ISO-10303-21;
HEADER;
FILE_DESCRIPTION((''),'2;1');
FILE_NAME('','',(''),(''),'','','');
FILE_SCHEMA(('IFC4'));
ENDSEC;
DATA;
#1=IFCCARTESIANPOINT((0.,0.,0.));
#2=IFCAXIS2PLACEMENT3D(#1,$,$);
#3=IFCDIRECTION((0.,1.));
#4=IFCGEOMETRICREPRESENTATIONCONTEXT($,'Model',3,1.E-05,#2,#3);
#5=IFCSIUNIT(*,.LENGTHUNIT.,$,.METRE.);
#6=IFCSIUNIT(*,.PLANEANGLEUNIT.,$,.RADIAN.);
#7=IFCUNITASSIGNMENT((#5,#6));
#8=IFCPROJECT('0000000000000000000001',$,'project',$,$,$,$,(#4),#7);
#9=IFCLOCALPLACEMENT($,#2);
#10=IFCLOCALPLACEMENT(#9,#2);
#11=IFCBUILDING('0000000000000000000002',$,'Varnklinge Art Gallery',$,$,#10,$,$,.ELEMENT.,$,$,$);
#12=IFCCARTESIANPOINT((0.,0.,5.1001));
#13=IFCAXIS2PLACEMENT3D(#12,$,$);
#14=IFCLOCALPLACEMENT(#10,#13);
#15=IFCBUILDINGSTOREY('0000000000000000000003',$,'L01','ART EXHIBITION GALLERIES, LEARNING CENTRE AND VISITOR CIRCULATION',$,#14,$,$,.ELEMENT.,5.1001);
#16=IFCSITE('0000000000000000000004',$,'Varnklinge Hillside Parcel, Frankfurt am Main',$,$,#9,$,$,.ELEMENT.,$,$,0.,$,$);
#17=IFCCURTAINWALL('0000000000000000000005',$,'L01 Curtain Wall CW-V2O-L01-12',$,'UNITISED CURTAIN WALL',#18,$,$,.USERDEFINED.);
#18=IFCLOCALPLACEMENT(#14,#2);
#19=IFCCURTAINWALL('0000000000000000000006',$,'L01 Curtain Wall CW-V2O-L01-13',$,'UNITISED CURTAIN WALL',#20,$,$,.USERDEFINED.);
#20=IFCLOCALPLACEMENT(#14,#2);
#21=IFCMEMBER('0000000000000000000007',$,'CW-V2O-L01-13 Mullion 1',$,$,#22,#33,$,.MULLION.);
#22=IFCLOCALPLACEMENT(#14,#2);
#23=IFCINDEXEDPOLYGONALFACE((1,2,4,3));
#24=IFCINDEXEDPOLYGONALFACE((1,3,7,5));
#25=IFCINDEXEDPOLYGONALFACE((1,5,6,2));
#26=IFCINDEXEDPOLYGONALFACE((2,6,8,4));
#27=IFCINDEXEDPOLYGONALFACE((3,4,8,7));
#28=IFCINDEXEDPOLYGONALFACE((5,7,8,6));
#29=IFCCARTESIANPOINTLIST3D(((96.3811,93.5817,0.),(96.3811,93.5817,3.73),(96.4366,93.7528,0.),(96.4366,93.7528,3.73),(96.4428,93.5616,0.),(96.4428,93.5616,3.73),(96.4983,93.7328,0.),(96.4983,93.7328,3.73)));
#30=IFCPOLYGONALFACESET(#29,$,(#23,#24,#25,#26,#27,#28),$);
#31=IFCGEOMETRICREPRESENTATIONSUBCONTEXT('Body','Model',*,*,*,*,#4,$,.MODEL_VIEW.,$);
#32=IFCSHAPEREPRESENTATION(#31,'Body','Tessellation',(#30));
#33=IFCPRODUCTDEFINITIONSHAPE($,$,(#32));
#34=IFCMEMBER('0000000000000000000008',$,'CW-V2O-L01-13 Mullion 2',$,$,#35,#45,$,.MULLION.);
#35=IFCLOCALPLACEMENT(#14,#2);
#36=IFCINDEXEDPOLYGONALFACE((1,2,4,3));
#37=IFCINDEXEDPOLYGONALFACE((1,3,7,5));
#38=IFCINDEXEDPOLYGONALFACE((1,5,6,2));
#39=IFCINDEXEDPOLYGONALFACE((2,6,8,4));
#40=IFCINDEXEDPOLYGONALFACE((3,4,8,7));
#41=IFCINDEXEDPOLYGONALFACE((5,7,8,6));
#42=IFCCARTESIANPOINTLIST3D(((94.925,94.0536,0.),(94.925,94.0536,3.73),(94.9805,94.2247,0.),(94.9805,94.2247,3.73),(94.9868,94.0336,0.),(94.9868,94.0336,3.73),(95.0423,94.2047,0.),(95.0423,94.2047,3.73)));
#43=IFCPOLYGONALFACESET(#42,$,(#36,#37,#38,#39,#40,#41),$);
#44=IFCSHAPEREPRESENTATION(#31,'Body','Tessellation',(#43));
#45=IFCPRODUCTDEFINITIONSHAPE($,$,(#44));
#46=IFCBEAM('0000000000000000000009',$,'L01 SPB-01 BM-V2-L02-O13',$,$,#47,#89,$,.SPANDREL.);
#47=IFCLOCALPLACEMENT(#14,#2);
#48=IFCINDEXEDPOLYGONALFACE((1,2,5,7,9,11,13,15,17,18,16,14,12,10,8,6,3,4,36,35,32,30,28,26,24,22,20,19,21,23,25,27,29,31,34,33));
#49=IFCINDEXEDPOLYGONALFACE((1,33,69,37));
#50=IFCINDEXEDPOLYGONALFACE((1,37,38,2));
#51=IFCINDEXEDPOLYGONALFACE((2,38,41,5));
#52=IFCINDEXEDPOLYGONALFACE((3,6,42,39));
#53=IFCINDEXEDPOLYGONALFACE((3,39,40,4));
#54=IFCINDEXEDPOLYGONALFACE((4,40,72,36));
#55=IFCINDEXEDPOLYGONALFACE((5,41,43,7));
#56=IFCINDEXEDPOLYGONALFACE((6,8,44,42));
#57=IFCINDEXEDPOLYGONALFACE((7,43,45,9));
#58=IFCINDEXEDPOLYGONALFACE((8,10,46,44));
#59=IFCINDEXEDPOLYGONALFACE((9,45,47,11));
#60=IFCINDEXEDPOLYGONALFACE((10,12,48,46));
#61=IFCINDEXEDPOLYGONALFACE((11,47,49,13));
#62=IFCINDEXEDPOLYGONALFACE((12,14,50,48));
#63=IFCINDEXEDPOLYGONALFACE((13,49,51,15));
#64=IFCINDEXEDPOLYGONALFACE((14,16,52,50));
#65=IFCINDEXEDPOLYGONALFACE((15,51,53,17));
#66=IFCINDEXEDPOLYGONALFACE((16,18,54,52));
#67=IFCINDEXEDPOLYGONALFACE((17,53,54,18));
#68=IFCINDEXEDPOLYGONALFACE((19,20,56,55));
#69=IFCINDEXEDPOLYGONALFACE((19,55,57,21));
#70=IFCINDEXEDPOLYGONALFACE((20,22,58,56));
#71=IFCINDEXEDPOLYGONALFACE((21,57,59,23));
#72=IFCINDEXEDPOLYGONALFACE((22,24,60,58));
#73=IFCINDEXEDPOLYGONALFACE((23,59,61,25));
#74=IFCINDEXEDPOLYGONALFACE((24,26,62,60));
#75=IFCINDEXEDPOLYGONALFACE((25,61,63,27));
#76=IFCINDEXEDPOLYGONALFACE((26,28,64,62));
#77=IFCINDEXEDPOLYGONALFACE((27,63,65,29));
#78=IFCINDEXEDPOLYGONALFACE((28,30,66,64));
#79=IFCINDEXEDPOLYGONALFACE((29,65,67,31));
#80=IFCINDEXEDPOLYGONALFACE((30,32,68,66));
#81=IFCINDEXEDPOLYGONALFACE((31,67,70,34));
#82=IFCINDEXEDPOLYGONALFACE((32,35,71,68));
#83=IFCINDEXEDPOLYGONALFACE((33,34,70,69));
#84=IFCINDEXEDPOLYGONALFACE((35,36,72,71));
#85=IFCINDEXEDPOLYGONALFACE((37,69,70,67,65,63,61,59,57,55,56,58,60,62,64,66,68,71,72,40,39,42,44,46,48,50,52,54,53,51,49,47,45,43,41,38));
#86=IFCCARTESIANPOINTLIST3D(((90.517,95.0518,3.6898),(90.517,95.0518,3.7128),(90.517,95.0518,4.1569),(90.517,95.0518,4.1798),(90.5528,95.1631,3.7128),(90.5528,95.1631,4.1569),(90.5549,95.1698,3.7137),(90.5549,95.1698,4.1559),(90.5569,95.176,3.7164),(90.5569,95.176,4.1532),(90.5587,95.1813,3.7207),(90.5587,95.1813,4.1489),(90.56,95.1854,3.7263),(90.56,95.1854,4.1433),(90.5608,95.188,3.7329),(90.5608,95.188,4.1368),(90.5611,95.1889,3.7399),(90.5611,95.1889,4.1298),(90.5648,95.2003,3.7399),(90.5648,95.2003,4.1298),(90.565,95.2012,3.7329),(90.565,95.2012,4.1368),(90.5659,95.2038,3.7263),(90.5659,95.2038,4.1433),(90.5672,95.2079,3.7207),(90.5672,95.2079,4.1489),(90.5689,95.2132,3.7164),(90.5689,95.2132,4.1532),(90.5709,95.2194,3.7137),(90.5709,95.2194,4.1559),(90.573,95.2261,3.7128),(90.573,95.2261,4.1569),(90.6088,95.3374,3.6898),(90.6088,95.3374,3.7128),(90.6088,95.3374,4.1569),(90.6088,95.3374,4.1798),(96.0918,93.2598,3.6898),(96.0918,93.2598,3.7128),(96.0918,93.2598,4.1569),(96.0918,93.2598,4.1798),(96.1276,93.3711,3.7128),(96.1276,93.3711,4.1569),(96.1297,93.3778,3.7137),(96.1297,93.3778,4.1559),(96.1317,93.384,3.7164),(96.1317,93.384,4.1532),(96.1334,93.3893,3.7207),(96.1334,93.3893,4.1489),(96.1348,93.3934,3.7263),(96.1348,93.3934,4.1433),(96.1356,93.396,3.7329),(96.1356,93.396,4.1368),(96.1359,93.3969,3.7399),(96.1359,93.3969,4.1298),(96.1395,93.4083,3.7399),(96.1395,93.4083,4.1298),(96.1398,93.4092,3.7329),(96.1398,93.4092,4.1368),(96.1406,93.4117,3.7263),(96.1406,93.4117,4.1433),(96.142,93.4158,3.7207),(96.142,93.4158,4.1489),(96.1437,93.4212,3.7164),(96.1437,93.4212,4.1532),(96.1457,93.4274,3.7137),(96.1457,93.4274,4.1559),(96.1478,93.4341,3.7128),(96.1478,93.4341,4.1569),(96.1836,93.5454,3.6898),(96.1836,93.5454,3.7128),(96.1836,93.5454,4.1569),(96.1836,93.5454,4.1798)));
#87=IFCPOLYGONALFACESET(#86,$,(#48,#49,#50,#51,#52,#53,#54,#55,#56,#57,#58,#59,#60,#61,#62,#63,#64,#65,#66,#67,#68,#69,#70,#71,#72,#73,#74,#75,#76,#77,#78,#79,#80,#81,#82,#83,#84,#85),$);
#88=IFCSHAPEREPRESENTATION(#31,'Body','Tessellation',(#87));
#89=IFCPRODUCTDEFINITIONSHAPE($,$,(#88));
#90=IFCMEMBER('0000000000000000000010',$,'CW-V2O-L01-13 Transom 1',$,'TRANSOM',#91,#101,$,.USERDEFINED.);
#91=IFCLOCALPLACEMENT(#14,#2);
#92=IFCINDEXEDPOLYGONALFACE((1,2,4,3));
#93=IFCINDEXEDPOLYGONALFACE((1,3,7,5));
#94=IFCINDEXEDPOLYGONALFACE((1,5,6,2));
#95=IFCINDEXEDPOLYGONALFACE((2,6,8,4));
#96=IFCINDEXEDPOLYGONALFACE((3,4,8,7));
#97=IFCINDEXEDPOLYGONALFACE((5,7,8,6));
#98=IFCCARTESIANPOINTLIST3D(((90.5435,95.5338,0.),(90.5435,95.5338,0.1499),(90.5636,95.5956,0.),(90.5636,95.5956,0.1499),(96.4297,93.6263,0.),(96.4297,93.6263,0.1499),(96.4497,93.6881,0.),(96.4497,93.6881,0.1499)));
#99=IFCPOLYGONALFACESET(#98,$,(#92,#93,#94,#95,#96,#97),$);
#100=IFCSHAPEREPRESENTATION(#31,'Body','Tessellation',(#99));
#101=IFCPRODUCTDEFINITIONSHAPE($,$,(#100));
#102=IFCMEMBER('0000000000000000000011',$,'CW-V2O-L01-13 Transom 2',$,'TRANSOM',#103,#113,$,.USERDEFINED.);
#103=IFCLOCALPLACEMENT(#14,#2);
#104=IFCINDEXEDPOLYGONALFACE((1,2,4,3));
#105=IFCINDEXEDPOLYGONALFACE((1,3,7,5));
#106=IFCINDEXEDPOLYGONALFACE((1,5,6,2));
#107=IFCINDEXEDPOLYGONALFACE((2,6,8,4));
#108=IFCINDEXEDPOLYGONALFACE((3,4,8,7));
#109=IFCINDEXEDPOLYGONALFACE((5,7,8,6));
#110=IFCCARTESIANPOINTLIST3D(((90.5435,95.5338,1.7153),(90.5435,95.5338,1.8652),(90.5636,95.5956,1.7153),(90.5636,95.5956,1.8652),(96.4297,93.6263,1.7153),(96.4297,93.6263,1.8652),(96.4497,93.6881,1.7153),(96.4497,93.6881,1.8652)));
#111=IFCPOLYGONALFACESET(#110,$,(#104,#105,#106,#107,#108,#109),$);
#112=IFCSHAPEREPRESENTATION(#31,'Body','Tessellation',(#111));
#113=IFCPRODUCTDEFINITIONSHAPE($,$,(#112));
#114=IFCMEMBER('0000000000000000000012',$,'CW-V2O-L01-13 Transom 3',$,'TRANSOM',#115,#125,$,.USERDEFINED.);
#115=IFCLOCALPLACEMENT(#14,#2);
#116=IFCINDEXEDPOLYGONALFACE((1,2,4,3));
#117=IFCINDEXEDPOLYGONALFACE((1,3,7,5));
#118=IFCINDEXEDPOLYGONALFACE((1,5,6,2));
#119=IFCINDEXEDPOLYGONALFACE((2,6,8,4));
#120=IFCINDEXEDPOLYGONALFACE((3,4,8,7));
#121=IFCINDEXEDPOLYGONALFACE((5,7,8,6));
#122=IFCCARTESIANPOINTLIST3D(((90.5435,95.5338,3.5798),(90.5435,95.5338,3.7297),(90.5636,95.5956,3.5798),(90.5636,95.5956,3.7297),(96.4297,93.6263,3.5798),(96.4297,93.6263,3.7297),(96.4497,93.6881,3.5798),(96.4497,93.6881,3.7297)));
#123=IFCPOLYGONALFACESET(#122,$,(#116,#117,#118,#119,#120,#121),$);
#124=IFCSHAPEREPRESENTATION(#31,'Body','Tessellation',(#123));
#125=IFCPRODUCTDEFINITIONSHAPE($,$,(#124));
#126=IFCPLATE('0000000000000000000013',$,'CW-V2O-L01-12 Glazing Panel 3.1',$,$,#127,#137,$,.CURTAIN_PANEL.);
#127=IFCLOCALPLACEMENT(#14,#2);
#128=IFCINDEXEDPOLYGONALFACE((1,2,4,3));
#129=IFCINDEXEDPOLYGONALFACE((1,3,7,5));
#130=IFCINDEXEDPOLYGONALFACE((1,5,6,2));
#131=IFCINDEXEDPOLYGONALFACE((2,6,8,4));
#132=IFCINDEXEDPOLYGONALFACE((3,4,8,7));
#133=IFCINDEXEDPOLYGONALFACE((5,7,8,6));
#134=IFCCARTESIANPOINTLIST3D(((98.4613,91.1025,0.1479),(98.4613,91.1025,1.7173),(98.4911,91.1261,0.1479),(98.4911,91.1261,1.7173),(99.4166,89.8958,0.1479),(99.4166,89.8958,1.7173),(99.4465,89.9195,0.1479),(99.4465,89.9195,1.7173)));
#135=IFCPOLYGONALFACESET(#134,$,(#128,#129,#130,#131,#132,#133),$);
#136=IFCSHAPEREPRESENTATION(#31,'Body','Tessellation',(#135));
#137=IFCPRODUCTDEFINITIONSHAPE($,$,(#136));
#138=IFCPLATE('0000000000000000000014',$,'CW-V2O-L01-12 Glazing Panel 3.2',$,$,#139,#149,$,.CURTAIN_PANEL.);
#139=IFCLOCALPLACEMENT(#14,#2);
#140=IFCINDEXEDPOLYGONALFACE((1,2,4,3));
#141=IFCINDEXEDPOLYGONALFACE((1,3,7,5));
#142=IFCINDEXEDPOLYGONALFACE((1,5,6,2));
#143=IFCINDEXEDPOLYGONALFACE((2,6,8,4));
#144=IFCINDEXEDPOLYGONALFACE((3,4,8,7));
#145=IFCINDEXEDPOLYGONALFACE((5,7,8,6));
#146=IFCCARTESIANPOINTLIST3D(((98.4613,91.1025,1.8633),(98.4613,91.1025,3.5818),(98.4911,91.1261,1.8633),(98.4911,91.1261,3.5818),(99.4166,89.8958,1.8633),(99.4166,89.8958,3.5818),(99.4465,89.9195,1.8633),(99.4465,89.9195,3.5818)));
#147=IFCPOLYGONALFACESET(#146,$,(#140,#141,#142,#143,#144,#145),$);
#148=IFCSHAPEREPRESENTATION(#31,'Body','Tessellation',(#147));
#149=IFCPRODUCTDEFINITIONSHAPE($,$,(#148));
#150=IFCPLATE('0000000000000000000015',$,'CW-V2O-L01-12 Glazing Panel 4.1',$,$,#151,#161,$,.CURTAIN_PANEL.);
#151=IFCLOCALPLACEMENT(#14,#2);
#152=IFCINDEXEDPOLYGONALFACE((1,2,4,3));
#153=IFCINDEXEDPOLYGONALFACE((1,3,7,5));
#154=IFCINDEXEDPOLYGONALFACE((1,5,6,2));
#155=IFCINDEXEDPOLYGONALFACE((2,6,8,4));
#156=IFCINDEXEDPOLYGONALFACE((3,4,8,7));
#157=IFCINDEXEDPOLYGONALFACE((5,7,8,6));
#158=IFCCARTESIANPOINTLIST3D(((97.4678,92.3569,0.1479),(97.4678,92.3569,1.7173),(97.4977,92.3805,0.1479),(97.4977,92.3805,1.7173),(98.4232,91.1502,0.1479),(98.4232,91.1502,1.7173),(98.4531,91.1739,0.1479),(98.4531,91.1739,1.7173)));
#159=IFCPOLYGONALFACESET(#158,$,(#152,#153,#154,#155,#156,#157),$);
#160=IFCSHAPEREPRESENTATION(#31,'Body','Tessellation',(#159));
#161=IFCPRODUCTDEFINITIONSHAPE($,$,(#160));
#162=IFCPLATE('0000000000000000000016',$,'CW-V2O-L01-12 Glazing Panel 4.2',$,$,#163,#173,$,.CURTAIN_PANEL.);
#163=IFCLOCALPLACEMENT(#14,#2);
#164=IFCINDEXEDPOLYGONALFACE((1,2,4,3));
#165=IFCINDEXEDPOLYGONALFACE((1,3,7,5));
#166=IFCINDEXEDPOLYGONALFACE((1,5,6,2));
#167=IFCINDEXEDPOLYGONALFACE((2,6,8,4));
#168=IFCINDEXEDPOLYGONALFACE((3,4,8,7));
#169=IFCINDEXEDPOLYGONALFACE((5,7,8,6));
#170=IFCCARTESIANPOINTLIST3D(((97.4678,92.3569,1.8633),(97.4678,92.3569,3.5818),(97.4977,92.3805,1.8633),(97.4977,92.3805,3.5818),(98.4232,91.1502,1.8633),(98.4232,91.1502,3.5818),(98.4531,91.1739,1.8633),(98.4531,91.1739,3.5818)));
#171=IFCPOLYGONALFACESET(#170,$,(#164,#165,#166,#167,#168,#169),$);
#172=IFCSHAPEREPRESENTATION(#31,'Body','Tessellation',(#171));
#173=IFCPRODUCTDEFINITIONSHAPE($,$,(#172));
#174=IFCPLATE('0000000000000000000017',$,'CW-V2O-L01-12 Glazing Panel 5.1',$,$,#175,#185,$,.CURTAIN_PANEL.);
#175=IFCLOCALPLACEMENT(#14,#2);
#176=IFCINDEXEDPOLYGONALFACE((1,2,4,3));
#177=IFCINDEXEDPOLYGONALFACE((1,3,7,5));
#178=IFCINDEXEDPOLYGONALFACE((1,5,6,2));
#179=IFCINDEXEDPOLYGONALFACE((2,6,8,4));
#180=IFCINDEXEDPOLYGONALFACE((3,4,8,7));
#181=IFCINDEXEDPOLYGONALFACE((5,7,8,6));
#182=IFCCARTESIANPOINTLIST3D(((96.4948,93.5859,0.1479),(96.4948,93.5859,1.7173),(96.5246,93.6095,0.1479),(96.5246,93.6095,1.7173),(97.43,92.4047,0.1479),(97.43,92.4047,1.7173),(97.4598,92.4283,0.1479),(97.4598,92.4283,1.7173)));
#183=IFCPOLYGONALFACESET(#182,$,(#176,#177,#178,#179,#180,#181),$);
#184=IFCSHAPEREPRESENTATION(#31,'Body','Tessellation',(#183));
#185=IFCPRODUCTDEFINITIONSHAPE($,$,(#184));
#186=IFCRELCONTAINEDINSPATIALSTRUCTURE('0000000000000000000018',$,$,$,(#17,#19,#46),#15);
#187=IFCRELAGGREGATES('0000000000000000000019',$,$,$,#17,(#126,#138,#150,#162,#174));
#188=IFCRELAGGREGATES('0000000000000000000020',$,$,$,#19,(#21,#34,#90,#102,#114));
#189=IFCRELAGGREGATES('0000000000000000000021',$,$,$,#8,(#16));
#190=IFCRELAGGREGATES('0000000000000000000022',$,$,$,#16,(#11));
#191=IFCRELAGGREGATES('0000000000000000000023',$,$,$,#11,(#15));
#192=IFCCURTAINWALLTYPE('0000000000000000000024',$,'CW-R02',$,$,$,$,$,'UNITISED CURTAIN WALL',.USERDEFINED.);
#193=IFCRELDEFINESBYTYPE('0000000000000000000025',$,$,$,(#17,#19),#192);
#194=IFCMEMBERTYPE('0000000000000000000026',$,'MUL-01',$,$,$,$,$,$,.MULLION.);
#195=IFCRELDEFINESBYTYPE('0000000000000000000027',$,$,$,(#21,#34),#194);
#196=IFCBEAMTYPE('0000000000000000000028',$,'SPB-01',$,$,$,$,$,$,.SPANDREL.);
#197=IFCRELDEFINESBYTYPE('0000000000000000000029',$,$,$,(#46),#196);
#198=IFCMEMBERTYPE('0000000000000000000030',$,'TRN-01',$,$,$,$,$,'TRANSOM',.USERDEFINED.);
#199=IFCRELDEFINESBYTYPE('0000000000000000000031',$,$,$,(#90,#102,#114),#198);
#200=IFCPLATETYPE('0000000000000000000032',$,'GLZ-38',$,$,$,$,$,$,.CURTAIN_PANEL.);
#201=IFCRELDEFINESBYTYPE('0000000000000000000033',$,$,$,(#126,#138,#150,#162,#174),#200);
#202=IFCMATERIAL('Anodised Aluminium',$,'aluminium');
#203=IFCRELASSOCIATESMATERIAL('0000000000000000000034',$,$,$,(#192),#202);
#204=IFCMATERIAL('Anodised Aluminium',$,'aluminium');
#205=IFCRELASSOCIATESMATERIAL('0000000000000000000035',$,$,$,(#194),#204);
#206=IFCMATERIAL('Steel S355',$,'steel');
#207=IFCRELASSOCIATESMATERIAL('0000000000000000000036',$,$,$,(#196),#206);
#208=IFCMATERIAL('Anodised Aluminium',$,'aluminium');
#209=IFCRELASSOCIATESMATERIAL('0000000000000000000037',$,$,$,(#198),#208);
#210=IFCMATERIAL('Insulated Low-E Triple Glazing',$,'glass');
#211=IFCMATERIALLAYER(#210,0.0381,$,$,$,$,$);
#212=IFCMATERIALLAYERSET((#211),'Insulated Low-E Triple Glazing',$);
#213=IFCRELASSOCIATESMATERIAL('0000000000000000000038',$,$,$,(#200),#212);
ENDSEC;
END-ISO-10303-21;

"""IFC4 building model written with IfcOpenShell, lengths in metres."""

from ifc_helpers import new_model, si_unit, direction, frame, origin, origin_2d, place, context, subcontext, project, spatial, rectangle, i_section, extrude, material, layer, layer_set, material_profile, profile_set, type_object, element, aggregate, save


model = new_model("IFC4")

# Units and contexts
model_context = context("Model", 3, precision=1e-05, world=origin(), true_north=direction((0.0, 1.0)))
body_context = subcontext(model_context, "Body", "Model", "MODEL_VIEW")
ifc_project = project(units=[si_unit("LENGTHUNIT", "METRE"), si_unit("PLANEANGLEUNIT", "RADIAN")], contexts=[model_context])

# Site, building, storey
site_placement = place(None, origin())
site = spatial("IfcSite", under=ifc_project, at=site_placement, Name="Varnklinge Hillside Parcel, Frankfurt am Main", CompositionType="ELEMENT", RefElevation=0.0)
building_placement = place(site_placement, origin())
building = spatial("IfcBuilding", under=site, at=building_placement, Name="Varnklinge Art Gallery", CompositionType="ELEMENT")
storey_placement = place(building_placement, frame((0.0, 0.0, 5.1001)))
storey = spatial("IfcBuildingStorey", under=building, at=storey_placement, Name="L01", Description="ART EXHIBITION GALLERIES, LEARNING CENTRE AND VISITOR CIRCULATION", CompositionType="ELEMENT", Elevation=5.1001)

# Curtain walls, members
ifc_material_1 = material(Name="Anodised Aluminium", Category="aluminium")
curtain_wall_type = type_object("IfcCurtainWallType", Name="CW-R02", ElementType="UNITISED CURTAIN WALL", PredefinedType="USERDEFINED", material=ifc_material_1)
curtain_wall_1_placement = place(storey_placement, origin())
curtain_wall_1 = element("IfcCurtainWall", 1, at=curtain_wall_1_placement, inside=storey, type_object=curtain_wall_type, Name="L01 Curtain Wall CW-V2O-L01-12", ObjectType="UNITISED CURTAIN WALL", PredefinedType="USERDEFINED")
ifc_material_2 = material(Name="Anodised Aluminium", Category="aluminium")
ifc_material_profile_1 = material_profile(ifc_material_2, rectangle(XDim=0.0649, YDim=0.1799, at=origin_2d()), Name="ALU 65x180")
ifc_profile_set_1 = profile_set([ifc_material_profile_1], Name="Anodised Aluminium")
member_type_1 = type_object("IfcMemberType", Name="MUL-01", PredefinedType="MULLION", material=ifc_profile_set_1)
curtain_wall_2_placement = place(storey_placement, origin())
curtain_wall_2 = element("IfcCurtainWall", 2, at=curtain_wall_2_placement, inside=storey, type_object=curtain_wall_type, Name="L01 Curtain Wall CW-V2O-L01-13", ObjectType="UNITISED CURTAIN WALL", PredefinedType="USERDEFINED")
member_1_placement = place(storey_placement, frame((96.4397, 93.6572, 0.0), z_axis=(0.0, 0.0, 1.0), x_axis=(-0.951272, 0.308353, 0.0)))
member_1 = element("IfcMember", 3, at=member_1_placement, type_object=member_type_1, Name="CW-V2O-L01-13 Mullion 1", PredefinedType="MULLION", context=body_context, shape_type="SweptSolid", body=[
    extrude(rectangle(XDim=0.0649, YDim=0.1799, at=origin_2d()), origin(), (0.0, 0.0, 1.0), 3.73),
])
member_2_placement = place(storey_placement, frame((94.9836, 94.1292, 0.0), z_axis=(0.0, 0.0, 1.0), x_axis=(-0.951272, 0.308353, 0.0)))
member_2 = element("IfcMember", 4, at=member_2_placement, type_object=member_type_1, Name="CW-V2O-L01-13 Mullion 2", PredefinedType="MULLION", context=body_context, shape_type="SweptSolid", body=[
    extrude(rectangle(XDim=0.0649, YDim=0.1799, at=origin_2d()), origin(), (0.0, 0.0, 1.0), 3.73),
])

# Beam
ifc_material_3 = material(Name="Steel S355", Category="steel")
ifc_material_profile_2 = material_profile(ifc_material_3, i_section(OverallWidth=0.3, OverallDepth=0.49, WebThickness=0.012, FlangeThickness=0.0229, FilletRadius=0.0271, at=origin_2d()), Name="HEA 500")
ifc_profile_set_2 = profile_set([ifc_material_profile_2], Name="Steel S355")
beam_type_1 = type_object("IfcBeamType", Name="SPB-01", PredefinedType="SPANDREL", material=ifc_profile_set_2)
beam_1_placement = place(storey_placement, frame((96.1377, 93.4026, 3.9348), z_axis=(-0.952022, 0.306028, 0.0), x_axis=(-0.306028, -0.952022, 0.0)))
element("IfcBeam", 5, at=beam_1_placement, inside=storey, type_object=beam_type_1, Name="L01 SPB-01 BM-V2-L02-O13", PredefinedType="SPANDREL", context=body_context, shape_type="SweptSolid", body=[
    extrude(i_section(OverallWidth=0.3, OverallDepth=0.49, WebThickness=0.012, FlangeThickness=0.0229, FilletRadius=0.0271, at=origin_2d()), origin(), (0.0, 0.0, 1.0), 5.8557),
])

# Members
ifc_material_4 = material(Name="Anodised Aluminium", Category="aluminium")
ifc_material_profile_3 = material_profile(ifc_material_4, rectangle(XDim=0.0649, YDim=0.1499, at=origin_2d()), Name="ALU 65x150")
ifc_profile_set_3 = profile_set([ifc_material_profile_3], Name="Anodised Aluminium")
member_type_2 = type_object("IfcMemberType", Name="TRN-01", ElementType="TRANSOM", PredefinedType="USERDEFINED", material=ifc_profile_set_3)
member_3_placement = place(storey_placement, frame((96.4397, 93.6572, 0.075), z_axis=(-0.951298, 0.308274, 0.0), x_axis=(-0.308274, -0.951298, 0.0)))
member_3 = element("IfcMember", 6, at=member_3_placement, type_object=member_type_2, Name="CW-V2O-L01-13 Transom 1", ObjectType="TRANSOM", PredefinedType="USERDEFINED", context=body_context, shape_type="SweptSolid", body=[
    extrude(rectangle(XDim=0.0649, YDim=0.1499, at=origin_2d()), origin(), (0.0, 0.0, 1.0), 6.1875),
])
member_4_placement = place(storey_placement, frame((96.4397, 93.6572, 1.7903), z_axis=(-0.951298, 0.308274, 0.0), x_axis=(-0.308274, -0.951298, 0.0)))
member_4 = element("IfcMember", 7, at=member_4_placement, type_object=member_type_2, Name="CW-V2O-L01-13 Transom 2", ObjectType="TRANSOM", PredefinedType="USERDEFINED", context=body_context, shape_type="SweptSolid", body=[
    extrude(rectangle(XDim=0.0649, YDim=0.1499, at=origin_2d()), origin(), (0.0, 0.0, 1.0), 6.1875),
])
member_5_placement = place(storey_placement, frame((96.4397, 93.6572, 3.6548), z_axis=(-0.951298, 0.308274, 0.0), x_axis=(-0.308274, -0.951298, 0.0)))
member_5 = element("IfcMember", 8, at=member_5_placement, type_object=member_type_2, Name="CW-V2O-L01-13 Transom 3", ObjectType="TRANSOM", PredefinedType="USERDEFINED", context=body_context, shape_type="SweptSolid", body=[
    extrude(rectangle(XDim=0.0649, YDim=0.1499, at=origin_2d()), origin(), (0.0, 0.0, 1.0), 6.1875),
])

# Plates
ifc_material_5 = material(Name="Insulated Low-E Triple Glazing", Category="glass")
ifc_layer_1 = layer(ifc_material_5, 0.0381)
ifc_layer_set_1 = layer_set([ifc_layer_1], Name="Insulated Low-E Triple Glazing")
plate_type_1 = type_object("IfcPlateType", Name="GLZ-38", PredefinedType="CURTAIN_PANEL", material=ifc_layer_set_1)
plate_1_placement = place(storey_placement, frame((98.9539, 90.511, 0.1479), z_axis=(0.0, 0.0, 1.0), x_axis=(-0.620737, 0.784019, 0.0)))
plate_1 = element("IfcPlate", 9, at=plate_1_placement, type_object=plate_type_1, Name="CW-V2O-L01-12 Glazing Panel 3.1", PredefinedType="CURTAIN_PANEL", context=body_context, shape_type="SweptSolid", body=[
    extrude(rectangle(XDim=1.5391, YDim=0.0381, at=origin_2d()), origin(), (0.0, 0.0, 1.0), 1.5693),
])
plate_2_placement = place(storey_placement, frame((98.9539, 90.511, 1.8633), z_axis=(0.0, 0.0, 1.0), x_axis=(-0.620737, 0.784019, 0.0)))
plate_2 = element("IfcPlate", 10, at=plate_2_placement, type_object=plate_type_1, Name="CW-V2O-L01-12 Glazing Panel 3.2", PredefinedType="CURTAIN_PANEL", context=body_context, shape_type="SweptSolid", body=[
    extrude(rectangle(XDim=1.5391, YDim=0.0381, at=origin_2d()), origin(), (0.0, 0.0, 1.0), 1.7185),
])
plate_3_placement = place(storey_placement, frame((97.9604, 91.7654, 0.1479), z_axis=(0.0, 0.0, 1.0), x_axis=(-0.620737, 0.784019, 0.0)))
plate_3 = element("IfcPlate", 11, at=plate_3_placement, type_object=plate_type_1, Name="CW-V2O-L01-12 Glazing Panel 4.1", PredefinedType="CURTAIN_PANEL", context=body_context, shape_type="SweptSolid", body=[
    extrude(rectangle(XDim=1.5391, YDim=0.0381, at=origin_2d()), origin(), (0.0, 0.0, 1.0), 1.5693),
])
plate_4_placement = place(storey_placement, frame((97.9604, 91.7654, 1.8633), z_axis=(0.0, 0.0, 1.0), x_axis=(-0.620737, 0.784019, 0.0)))
plate_4 = element("IfcPlate", 12, at=plate_4_placement, type_object=plate_type_1, Name="CW-V2O-L01-12 Glazing Panel 4.2", PredefinedType="CURTAIN_PANEL", context=body_context, shape_type="SweptSolid", body=[
    extrude(rectangle(XDim=1.5391, YDim=0.0381, at=origin_2d()), origin(), (0.0, 0.0, 1.0), 1.7185),
])
plate_5_placement = place(storey_placement, frame((96.9773, 93.0071, 0.1479), z_axis=(0.0, 0.0, 1.0), x_axis=(-0.620737, 0.784019, 0.0)))
plate_5 = element("IfcPlate", 13, at=plate_5_placement, type_object=plate_type_1, Name="CW-V2O-L01-12 Glazing Panel 5.1", PredefinedType="CURTAIN_PANEL", context=body_context, shape_type="SweptSolid", body=[
    extrude(rectangle(XDim=1.5066, YDim=0.0381, at=origin_2d()), origin(), (0.0, 0.0, 1.0), 1.5693),
])
aggregate(curtain_wall_1, [plate_1, plate_2, plate_3, plate_4, plate_5])
aggregate(curtain_wall_2, [member_1, member_2, member_3, member_4, member_5])

save(model, "model.ifc")
